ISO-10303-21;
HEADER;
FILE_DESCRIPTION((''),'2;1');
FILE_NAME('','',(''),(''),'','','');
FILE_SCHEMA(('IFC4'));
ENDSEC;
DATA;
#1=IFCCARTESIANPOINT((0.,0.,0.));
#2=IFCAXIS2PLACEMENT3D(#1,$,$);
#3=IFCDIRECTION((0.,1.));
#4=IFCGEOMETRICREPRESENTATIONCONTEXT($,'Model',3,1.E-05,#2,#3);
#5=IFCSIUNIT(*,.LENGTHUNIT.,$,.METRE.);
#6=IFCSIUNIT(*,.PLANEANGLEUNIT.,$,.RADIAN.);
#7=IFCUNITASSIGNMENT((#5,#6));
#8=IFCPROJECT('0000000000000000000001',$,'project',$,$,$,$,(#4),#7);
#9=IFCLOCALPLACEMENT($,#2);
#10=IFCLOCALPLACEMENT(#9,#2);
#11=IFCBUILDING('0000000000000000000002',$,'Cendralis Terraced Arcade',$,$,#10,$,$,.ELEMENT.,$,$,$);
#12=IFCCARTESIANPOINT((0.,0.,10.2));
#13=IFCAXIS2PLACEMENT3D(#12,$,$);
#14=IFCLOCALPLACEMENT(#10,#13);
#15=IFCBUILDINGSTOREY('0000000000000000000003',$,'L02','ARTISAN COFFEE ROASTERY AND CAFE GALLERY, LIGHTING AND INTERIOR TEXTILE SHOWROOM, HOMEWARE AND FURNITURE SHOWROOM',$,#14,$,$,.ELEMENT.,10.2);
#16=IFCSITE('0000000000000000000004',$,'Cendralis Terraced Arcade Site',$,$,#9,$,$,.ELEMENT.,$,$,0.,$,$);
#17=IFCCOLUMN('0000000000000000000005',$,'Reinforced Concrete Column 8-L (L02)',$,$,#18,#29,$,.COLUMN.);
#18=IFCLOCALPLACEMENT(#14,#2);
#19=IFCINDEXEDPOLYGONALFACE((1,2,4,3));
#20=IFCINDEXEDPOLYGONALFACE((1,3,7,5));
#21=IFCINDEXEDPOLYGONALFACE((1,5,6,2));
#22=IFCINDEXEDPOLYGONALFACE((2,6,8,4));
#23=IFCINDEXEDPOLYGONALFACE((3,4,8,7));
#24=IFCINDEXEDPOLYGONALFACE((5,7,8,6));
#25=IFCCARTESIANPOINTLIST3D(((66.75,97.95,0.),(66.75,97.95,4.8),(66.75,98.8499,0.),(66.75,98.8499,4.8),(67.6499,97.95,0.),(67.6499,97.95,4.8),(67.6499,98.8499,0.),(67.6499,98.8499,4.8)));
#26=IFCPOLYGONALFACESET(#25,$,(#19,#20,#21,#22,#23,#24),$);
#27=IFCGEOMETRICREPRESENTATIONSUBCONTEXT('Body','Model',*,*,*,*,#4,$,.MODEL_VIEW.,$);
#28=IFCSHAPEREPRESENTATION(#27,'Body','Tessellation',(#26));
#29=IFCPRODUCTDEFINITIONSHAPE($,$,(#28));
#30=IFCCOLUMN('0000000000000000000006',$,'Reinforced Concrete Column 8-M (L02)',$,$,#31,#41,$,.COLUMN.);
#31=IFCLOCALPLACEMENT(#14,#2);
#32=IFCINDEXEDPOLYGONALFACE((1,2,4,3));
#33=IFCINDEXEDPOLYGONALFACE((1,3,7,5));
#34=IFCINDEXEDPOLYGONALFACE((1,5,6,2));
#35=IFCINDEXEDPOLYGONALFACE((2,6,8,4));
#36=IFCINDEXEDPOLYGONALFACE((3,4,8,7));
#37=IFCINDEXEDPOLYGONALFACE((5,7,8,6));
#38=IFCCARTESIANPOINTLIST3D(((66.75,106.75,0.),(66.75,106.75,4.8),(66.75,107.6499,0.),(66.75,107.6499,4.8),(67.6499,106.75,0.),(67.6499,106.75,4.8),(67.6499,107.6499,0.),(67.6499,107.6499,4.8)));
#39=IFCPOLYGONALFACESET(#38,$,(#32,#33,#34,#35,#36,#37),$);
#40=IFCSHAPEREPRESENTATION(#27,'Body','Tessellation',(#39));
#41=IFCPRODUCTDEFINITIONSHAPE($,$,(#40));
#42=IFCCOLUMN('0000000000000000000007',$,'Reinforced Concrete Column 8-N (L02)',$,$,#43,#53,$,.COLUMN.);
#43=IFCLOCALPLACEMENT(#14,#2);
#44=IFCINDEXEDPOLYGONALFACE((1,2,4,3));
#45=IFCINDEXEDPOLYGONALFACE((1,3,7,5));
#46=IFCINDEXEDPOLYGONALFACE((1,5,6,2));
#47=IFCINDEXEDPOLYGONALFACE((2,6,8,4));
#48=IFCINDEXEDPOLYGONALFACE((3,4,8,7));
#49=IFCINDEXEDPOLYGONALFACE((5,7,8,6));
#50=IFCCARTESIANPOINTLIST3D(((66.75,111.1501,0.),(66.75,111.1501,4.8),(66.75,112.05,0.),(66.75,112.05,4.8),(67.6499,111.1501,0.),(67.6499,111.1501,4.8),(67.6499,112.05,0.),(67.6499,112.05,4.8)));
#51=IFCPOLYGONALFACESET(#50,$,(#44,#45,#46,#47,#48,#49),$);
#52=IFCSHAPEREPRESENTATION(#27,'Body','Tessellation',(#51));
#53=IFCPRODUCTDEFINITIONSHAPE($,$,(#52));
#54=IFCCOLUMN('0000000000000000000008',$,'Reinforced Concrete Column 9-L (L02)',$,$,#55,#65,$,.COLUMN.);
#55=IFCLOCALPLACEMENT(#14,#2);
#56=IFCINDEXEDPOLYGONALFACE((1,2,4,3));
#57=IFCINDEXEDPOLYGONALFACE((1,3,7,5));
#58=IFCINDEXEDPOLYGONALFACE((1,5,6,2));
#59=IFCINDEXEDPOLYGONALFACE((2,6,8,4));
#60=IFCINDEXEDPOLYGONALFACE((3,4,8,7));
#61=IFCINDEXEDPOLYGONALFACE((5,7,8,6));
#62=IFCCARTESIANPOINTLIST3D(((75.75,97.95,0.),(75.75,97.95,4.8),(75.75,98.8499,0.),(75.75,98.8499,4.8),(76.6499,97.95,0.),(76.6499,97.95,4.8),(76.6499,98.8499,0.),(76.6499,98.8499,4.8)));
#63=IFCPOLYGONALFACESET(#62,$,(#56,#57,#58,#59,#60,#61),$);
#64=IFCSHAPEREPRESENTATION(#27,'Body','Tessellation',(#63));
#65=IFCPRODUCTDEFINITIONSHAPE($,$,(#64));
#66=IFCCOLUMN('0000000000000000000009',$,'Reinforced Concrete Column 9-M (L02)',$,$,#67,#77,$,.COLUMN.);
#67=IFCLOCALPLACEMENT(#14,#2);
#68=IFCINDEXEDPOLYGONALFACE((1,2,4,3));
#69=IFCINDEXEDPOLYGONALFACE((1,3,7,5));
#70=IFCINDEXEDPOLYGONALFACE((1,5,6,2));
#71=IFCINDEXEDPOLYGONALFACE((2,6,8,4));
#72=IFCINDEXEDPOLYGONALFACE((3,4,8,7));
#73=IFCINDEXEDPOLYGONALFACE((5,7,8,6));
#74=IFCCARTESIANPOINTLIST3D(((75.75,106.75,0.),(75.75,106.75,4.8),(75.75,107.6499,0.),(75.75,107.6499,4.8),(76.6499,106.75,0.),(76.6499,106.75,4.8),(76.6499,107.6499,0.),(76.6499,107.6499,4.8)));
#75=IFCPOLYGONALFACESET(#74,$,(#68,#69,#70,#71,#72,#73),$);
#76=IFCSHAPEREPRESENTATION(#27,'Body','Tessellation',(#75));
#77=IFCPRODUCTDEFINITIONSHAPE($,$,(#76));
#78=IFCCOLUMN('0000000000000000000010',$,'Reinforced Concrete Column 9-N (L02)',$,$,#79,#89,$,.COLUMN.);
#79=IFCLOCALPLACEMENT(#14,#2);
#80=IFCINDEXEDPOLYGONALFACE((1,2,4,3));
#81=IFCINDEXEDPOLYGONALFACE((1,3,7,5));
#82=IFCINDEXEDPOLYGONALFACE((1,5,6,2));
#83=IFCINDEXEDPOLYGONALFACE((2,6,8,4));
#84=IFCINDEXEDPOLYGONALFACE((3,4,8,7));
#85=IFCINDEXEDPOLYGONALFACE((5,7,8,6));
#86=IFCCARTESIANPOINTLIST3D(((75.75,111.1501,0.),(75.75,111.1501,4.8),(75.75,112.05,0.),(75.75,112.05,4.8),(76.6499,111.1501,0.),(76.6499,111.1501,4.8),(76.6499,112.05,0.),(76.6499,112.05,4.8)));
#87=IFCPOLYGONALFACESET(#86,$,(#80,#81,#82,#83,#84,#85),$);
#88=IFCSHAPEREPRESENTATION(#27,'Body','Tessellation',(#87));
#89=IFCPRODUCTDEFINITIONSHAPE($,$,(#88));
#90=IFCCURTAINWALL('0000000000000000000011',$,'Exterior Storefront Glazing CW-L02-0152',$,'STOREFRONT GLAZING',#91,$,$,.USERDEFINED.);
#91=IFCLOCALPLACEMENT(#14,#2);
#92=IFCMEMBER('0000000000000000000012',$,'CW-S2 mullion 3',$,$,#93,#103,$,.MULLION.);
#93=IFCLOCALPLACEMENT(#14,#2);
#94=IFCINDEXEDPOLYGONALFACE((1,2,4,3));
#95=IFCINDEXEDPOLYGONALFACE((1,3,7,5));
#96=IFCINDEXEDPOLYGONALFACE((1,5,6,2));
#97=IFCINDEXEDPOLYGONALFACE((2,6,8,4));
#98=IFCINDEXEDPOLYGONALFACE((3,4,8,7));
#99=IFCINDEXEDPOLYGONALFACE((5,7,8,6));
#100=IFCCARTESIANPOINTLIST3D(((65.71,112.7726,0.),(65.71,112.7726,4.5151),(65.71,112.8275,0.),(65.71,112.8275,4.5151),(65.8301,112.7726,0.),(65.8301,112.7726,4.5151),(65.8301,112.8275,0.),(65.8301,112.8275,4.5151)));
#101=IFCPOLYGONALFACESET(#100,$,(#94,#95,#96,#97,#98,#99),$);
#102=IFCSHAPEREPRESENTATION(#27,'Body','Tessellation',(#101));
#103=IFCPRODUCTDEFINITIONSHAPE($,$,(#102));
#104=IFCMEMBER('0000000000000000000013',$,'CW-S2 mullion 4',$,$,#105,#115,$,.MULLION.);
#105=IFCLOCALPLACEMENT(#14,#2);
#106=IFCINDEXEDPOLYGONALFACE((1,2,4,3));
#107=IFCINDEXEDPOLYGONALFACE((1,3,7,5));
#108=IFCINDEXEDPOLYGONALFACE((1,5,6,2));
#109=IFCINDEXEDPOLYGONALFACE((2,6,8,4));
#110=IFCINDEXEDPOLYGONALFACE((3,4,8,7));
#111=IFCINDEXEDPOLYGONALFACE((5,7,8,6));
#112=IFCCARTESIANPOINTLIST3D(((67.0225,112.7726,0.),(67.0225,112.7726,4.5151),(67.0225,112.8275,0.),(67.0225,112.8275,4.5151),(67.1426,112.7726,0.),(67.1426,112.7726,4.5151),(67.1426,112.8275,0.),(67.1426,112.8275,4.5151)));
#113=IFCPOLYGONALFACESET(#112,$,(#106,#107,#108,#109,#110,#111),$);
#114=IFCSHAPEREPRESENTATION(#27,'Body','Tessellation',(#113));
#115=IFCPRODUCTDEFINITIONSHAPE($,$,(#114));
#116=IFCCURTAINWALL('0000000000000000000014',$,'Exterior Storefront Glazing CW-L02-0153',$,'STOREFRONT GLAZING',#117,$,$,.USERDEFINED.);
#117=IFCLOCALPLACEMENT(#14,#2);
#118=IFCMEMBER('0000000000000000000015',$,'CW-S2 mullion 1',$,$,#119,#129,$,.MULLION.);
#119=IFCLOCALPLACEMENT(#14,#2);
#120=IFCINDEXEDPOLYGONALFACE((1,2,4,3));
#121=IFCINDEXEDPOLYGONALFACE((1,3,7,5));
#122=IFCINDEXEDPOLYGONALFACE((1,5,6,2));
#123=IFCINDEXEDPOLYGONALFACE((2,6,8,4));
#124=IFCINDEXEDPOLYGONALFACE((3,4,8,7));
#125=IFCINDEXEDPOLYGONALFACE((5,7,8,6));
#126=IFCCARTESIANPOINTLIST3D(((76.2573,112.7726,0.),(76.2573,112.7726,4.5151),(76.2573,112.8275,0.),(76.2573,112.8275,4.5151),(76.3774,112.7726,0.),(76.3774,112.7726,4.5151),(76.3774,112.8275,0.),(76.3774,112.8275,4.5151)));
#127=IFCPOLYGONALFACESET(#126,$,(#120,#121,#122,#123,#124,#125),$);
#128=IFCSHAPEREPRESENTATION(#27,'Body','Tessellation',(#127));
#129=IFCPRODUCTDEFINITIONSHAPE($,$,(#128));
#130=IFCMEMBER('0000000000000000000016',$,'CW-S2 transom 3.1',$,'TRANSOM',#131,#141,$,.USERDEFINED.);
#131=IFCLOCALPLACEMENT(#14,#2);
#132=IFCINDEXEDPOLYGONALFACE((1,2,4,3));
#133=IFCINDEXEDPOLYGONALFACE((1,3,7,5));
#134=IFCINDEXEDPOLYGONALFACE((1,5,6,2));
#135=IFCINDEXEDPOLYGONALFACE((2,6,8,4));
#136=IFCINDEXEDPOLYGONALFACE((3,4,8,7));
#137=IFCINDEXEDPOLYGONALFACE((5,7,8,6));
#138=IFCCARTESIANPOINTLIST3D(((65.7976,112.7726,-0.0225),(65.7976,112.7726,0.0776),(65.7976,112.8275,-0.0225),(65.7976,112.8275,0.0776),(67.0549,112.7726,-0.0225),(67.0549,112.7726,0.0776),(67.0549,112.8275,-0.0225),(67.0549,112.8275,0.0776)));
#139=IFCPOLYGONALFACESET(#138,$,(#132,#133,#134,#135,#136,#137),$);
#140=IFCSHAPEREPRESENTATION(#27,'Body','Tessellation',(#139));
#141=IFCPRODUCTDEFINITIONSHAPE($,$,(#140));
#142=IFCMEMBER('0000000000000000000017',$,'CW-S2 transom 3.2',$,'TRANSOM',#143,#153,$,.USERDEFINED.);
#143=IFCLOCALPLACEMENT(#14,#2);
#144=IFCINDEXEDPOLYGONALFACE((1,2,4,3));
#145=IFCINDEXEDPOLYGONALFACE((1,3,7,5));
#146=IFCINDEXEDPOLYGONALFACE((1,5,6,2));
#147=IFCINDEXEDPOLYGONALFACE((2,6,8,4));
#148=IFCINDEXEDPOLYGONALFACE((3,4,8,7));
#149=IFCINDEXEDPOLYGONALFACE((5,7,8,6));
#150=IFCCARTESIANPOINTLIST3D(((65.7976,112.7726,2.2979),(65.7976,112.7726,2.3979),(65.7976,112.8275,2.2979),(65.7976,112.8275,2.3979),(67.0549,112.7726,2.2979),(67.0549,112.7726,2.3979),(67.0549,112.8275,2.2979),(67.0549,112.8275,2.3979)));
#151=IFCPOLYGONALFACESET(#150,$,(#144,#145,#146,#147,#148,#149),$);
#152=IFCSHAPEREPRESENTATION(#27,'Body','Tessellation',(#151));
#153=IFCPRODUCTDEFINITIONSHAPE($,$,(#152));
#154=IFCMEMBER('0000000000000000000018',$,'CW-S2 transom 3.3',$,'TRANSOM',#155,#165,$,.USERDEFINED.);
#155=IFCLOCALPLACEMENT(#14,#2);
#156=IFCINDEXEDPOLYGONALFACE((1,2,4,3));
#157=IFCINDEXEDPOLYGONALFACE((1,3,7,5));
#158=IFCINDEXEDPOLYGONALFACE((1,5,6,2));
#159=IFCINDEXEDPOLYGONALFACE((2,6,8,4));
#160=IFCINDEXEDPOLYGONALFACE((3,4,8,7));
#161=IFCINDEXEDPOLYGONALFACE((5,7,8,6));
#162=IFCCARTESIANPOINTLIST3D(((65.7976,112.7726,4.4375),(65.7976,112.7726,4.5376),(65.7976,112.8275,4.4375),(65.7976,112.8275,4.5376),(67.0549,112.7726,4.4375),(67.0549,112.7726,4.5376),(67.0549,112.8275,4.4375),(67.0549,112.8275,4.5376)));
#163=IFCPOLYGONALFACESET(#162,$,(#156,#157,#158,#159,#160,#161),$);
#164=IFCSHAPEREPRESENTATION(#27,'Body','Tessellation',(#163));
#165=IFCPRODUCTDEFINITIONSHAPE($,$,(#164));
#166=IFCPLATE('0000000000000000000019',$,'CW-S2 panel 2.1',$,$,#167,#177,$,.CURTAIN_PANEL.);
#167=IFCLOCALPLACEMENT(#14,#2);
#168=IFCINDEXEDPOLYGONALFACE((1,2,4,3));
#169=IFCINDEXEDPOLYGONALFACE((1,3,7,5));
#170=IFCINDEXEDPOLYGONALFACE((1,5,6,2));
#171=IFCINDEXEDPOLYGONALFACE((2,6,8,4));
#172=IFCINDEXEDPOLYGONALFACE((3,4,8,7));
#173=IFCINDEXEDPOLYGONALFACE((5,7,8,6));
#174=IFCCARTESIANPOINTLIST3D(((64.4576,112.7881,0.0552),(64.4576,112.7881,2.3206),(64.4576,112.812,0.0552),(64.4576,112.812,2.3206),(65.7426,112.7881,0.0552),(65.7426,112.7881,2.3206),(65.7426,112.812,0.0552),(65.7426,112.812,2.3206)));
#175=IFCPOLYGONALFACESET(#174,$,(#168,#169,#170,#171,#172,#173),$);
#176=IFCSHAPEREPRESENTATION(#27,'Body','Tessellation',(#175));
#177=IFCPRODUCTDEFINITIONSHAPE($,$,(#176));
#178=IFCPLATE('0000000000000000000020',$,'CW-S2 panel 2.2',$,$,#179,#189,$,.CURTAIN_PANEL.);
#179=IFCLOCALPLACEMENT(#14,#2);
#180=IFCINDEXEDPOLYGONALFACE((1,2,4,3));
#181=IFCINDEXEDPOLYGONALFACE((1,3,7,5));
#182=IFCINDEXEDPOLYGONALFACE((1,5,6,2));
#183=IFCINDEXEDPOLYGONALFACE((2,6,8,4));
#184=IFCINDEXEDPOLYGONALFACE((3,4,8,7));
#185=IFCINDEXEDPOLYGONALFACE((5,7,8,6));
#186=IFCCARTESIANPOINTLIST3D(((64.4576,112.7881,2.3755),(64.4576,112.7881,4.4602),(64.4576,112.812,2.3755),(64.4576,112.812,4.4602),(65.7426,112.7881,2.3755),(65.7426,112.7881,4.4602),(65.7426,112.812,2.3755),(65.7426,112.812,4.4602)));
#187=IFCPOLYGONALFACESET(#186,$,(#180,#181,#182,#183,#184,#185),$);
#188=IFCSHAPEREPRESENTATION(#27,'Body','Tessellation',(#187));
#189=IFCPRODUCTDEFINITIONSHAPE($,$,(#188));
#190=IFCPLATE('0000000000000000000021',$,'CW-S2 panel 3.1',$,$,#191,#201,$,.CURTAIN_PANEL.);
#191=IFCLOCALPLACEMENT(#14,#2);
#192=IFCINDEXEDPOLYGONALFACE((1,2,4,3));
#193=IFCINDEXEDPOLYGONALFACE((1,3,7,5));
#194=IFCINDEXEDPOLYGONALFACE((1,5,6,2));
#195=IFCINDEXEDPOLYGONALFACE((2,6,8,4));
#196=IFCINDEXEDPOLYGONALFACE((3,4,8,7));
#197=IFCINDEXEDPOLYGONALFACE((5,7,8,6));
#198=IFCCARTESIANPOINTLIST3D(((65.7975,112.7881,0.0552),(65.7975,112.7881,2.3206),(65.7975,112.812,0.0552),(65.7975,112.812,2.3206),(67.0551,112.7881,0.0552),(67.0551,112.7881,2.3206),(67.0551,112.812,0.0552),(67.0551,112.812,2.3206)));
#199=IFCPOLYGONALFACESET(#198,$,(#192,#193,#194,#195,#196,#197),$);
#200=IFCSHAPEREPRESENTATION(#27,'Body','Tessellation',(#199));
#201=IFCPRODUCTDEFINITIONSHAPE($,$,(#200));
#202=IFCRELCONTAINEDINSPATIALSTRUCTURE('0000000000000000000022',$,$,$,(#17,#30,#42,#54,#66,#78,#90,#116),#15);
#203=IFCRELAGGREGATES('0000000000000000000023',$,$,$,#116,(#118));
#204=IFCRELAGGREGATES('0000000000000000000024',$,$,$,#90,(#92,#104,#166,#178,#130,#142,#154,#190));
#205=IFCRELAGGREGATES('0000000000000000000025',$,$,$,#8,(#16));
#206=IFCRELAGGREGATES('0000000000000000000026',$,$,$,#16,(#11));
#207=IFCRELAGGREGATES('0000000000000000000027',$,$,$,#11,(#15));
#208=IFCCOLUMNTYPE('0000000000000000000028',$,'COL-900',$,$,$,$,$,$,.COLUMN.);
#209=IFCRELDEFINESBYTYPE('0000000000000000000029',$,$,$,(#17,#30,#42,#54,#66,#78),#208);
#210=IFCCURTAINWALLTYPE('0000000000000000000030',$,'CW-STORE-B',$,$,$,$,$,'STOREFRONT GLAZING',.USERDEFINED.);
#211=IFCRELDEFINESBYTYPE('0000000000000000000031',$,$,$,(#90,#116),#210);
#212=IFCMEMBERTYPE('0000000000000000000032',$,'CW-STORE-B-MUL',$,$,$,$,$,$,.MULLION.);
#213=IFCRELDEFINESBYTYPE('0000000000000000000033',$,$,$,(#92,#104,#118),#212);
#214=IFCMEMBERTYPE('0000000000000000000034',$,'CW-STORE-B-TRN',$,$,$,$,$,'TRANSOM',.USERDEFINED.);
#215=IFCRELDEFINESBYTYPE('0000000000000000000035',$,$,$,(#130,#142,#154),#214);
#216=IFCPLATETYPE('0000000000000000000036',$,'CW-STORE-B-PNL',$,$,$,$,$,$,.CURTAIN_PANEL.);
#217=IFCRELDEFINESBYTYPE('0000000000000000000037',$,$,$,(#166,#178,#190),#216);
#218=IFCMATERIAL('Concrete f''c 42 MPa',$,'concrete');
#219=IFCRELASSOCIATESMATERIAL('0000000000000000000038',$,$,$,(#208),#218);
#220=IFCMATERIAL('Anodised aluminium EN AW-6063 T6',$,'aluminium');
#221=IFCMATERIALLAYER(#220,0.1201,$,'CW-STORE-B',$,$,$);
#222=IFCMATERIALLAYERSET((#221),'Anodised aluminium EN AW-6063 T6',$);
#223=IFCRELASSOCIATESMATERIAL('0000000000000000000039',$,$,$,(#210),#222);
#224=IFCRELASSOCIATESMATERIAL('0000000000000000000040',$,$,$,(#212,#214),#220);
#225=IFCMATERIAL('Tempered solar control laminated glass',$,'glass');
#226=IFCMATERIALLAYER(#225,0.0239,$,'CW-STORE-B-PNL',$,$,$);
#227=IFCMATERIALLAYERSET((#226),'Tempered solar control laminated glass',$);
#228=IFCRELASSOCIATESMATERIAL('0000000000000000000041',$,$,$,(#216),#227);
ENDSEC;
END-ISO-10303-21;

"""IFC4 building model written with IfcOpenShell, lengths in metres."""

from ifc_helpers import new_model, si_unit, direction, frame, origin, origin_2d, place, context, subcontext, project, spatial, rectangle, extrude, material, layer, layer_set, material_profile, profile_set, type_object, element, aggregate, save


model = new_model("IFC4")

# Units and contexts
model_context = context("Model", 3, precision=1e-05, world=origin(), true_north=direction((0.0, 1.0)))
body_context = subcontext(model_context, "Body", "Model", "MODEL_VIEW")
ifc_project = project(units=[si_unit("LENGTHUNIT", "METRE"), si_unit("PLANEANGLEUNIT", "RADIAN")], contexts=[model_context])

# Site, building, storey
site_placement = place(None, origin())
site = spatial("IfcSite", under=ifc_project, at=site_placement, Name="Cendralis Terraced Arcade Site", CompositionType="ELEMENT", RefElevation=0.0)
building_placement = place(site_placement, origin())
building = spatial("IfcBuilding", under=site, at=building_placement, Name="Cendralis Terraced Arcade", CompositionType="ELEMENT")
storey_placement = place(building_placement, frame((0.0, 0.0, 10.2)))
storey = spatial("IfcBuildingStorey", under=building, at=storey_placement, Name="L02", Description="ARTISAN COFFEE ROASTERY AND CAFE GALLERY, LIGHTING AND INTERIOR TEXTILE SHOWROOM, HOMEWARE AND FURNITURE SHOWROOM", CompositionType="ELEMENT", Elevation=10.2)

# Columns
ifc_material_1 = material(Name="Concrete f'c 42 MPa", Category="concrete")
ifc_material_profile_1 = material_profile(ifc_material_1, rectangle(XDim=0.8999, YDim=0.8999, at=origin_2d()), Name="RC-COL-900x900", Category="LoadBearing")
ifc_profile_set_1 = profile_set([ifc_material_profile_1], Name="Concrete f'c 42 MPa")
column_type = type_object("IfcColumnType", Name="COL-900", PredefinedType="COLUMN", material=ifc_profile_set_1)
for number, where, z_axis, x_axis, name in (
    (1, (67.2, 98.3999, 0.0), (0.0, 0.0, 1.0), (1.0, 0.0, 0.0), "Reinforced Concrete Column 8-L (L02)"),
    (2, (67.2, 107.2, 0.0), (0.0, 0.0, 1.0), (1.0, 0.0, 0.0), "Reinforced Concrete Column 8-M (L02)"),
    (3, (67.2, 111.6001, 0.0), (0.0, 0.0, 1.0), (1.0, 0.0, 0.0), "Reinforced Concrete Column 8-N (L02)"),
    (4, (76.2, 98.3999, 0.0), (0.0, 0.0, 1.0), (1.0, 0.0, 0.0), "Reinforced Concrete Column 9-L (L02)"),
    (5, (76.2, 107.2, 0.0), (0.0, 0.0, 1.0), (1.0, 0.0, 0.0), "Reinforced Concrete Column 9-M (L02)"),
    (6, (76.2, 111.6001, 0.0), (0.0, 0.0, 1.0), (1.0, 0.0, 0.0), "Reinforced Concrete Column 9-N (L02)"),
):
    element("IfcColumn", number, at=place(storey_placement, frame(where, z_axis=z_axis, x_axis=x_axis)), inside=storey, type_object=column_type, Name=name, PredefinedType="COLUMN", context=body_context, shape_type="SweptSolid", body=[
        extrude(rectangle(XDim=0.8999, YDim=0.8999, at=origin_2d()), origin(), (0.0, 0.0, 1.0), 4.8),
    ])

# Curtain wall, members
ifc_material_2 = material(Name="Anodised aluminium EN AW-6063 T6", Category="aluminium")
ifc_layer_1 = layer(ifc_material_2, 0.1201, Name="CW-STORE-B")
ifc_layer_set_1 = layer_set([ifc_layer_1], Name="Anodised aluminium EN AW-6063 T6")
curtain_wall_type = type_object("IfcCurtainWallType", Name="CW-STORE-B", ElementType="STOREFRONT GLAZING", PredefinedType="USERDEFINED", material=ifc_layer_set_1)
curtain_wall_1_placement = place(storey_placement, origin())
curtain_wall_1 = element("IfcCurtainWall", 7, at=curtain_wall_1_placement, inside=storey, type_object=curtain_wall_type, Name="Exterior Storefront Glazing CW-L02-0152", ObjectType="STOREFRONT GLAZING", PredefinedType="USERDEFINED")
ifc_material_profile_2 = material_profile(ifc_material_2, rectangle(XDim=0.0549, YDim=0.1201, at=origin_2d()), Name="ALU-MUL-55x120")
ifc_profile_set_2 = profile_set([ifc_material_profile_2], Name="Anodised aluminium EN AW-6063 T6")
member_type_1 = type_object("IfcMemberType", Name="CW-STORE-B-MUL", PredefinedType="MULLION", material=ifc_profile_set_2)
member_1_placement = place(storey_placement, frame((65.77, 112.8, 0.0), z_axis=(0.0, 0.0, 1.0), x_axis=(0.0, 1.0, 0.0)))
member_1 = element("IfcMember", 8, at=member_1_placement, type_object=member_type_1, Name="CW-S2 mullion 3", PredefinedType="MULLION", context=body_context, shape_type="SweptSolid", body=[
    extrude(rectangle(XDim=0.0549, YDim=0.1201, at=origin_2d()), origin(), (0.0, 0.0, 1.0), 4.5151),
])
member_2_placement = place(storey_placement, frame((67.0825, 112.8, 0.0), z_axis=(0.0, 0.0, 1.0), x_axis=(0.0, 1.0, 0.0)))
member_2 = element("IfcMember", 9, at=member_2_placement, type_object=member_type_1, Name="CW-S2 mullion 4", PredefinedType="MULLION", context=body_context, shape_type="SweptSolid", body=[
    extrude(rectangle(XDim=0.0549, YDim=0.1201, at=origin_2d()), origin(), (0.0, 0.0, 1.0), 4.5151),
])

# Curtain wall, member
curtain_wall_2_placement = place(storey_placement, origin())
curtain_wall_2 = element("IfcCurtainWall", 10, at=curtain_wall_2_placement, inside=storey, type_object=curtain_wall_type, Name="Exterior Storefront Glazing CW-L02-0153", ObjectType="STOREFRONT GLAZING", PredefinedType="USERDEFINED")
member_3_placement = place(storey_placement, frame((76.3174, 112.8, 0.0), z_axis=(0.0, 0.0, 1.0), x_axis=(0.0, 1.0, 0.0)))
member_3 = element("IfcMember", 11, at=member_3_placement, type_object=member_type_1, Name="CW-S2 mullion 1", PredefinedType="MULLION", context=body_context, shape_type="SweptSolid", body=[
    extrude(rectangle(XDim=0.0549, YDim=0.1201, at=origin_2d()), origin(), (0.0, 0.0, 1.0), 4.5151),
])
aggregate(curtain_wall_2, [member_3])

# Members
ifc_material_profile_3 = material_profile(ifc_material_2, rectangle(XDim=0.0549, YDim=0.1001, at=origin_2d()), Name="ALU-TRN-55x100")
ifc_profile_set_3 = profile_set([ifc_material_profile_3], Name="Anodised aluminium EN AW-6063 T6")
member_type_2 = type_object("IfcMemberType", Name="CW-STORE-B-TRN", ElementType="TRANSOM", PredefinedType="USERDEFINED", material=ifc_profile_set_3)
member_4_placement = place(storey_placement, frame((65.7976, 112.8, 0.0276), z_axis=(1.0, 0.0, 0.0), x_axis=(0.0, 1.0, 0.0)))
member_4 = element("IfcMember", 12, at=member_4_placement, type_object=member_type_2, Name="CW-S2 transom 3.1", ObjectType="TRANSOM", PredefinedType="USERDEFINED", context=body_context, shape_type="SweptSolid", body=[
    extrude(rectangle(XDim=0.0549, YDim=0.1001, at=origin_2d()), origin(), (0.0, 0.0, 1.0), 1.2573),
])
member_5_placement = place(storey_placement, frame((65.7976, 112.8, 2.3479), z_axis=(1.0, 0.0, 0.0), x_axis=(0.0, 1.0, 0.0)))
member_5 = element("IfcMember", 13, at=member_5_placement, type_object=member_type_2, Name="CW-S2 transom 3.2", ObjectType="TRANSOM", PredefinedType="USERDEFINED", context=body_context, shape_type="SweptSolid", body=[
    extrude(rectangle(XDim=0.0549, YDim=0.1001, at=origin_2d()), origin(), (0.0, 0.0, 1.0), 1.2573),
])
member_6_placement = place(storey_placement, frame((65.7976, 112.8, 4.4875), z_axis=(1.0, 0.0, 0.0), x_axis=(0.0, 1.0, 0.0)))
member_6 = element("IfcMember", 14, at=member_6_placement, type_object=member_type_2, Name="CW-S2 transom 3.3", ObjectType="TRANSOM", PredefinedType="USERDEFINED", context=body_context, shape_type="SweptSolid", body=[
    extrude(rectangle(XDim=0.0549, YDim=0.1001, at=origin_2d()), origin(), (0.0, 0.0, 1.0), 1.2573),
])

# Plates
ifc_material_3 = material(Name="Tempered solar control laminated glass", Category="glass")
ifc_layer_2 = layer(ifc_material_3, 0.0239, Name="CW-STORE-B-PNL")
ifc_layer_set_2 = layer_set([ifc_layer_2], Name="Tempered solar control laminated glass")
plate_type = type_object("IfcPlateType", Name="CW-STORE-B-PNL", PredefinedType="CURTAIN_PANEL", material=ifc_layer_set_2)
plate_1_placement = place(storey_placement, frame((65.1001, 112.8, 0.0552), z_axis=(0.0, 0.0, 1.0), x_axis=(1.0, 0.0, 0.0)))
plate_1 = element("IfcPlate", 15, at=plate_1_placement, type_object=plate_type, Name="CW-S2 panel 2.1", PredefinedType="CURTAIN_PANEL", context=body_context, shape_type="SweptSolid", body=[
    extrude(rectangle(XDim=1.2849, YDim=0.0239, at=origin_2d()), origin(), (0.0, 0.0, 1.0), 2.2654),
])
plate_2_placement = place(storey_placement, frame((65.1001, 112.8, 2.3755), z_axis=(0.0, 0.0, 1.0), x_axis=(1.0, 0.0, 0.0)))
plate_2 = element("IfcPlate", 16, at=plate_2_placement, type_object=plate_type, Name="CW-S2 panel 2.2", PredefinedType="CURTAIN_PANEL", context=body_context, shape_type="SweptSolid", body=[
    extrude(rectangle(XDim=1.2849, YDim=0.0239, at=origin_2d()), origin(), (0.0, 0.0, 1.0), 2.0847),
])
plate_3_placement = place(storey_placement, frame((66.4263, 112.8, 0.0552), z_axis=(0.0, 0.0, 1.0), x_axis=(1.0, 0.0, 0.0)))
plate_3 = element("IfcPlate", 17, at=plate_3_placement, type_object=plate_type, Name="CW-S2 panel 3.1", PredefinedType="CURTAIN_PANEL", context=body_context, shape_type="SweptSolid", body=[
    extrude(rectangle(XDim=1.2576, YDim=0.0239, at=origin_2d()), origin(), (0.0, 0.0, 1.0), 2.2654),
])
aggregate(curtain_wall_1, [member_1, member_2, plate_1, plate_2, member_4, member_5, member_6, plate_3])

save(model, "model.ifc")
